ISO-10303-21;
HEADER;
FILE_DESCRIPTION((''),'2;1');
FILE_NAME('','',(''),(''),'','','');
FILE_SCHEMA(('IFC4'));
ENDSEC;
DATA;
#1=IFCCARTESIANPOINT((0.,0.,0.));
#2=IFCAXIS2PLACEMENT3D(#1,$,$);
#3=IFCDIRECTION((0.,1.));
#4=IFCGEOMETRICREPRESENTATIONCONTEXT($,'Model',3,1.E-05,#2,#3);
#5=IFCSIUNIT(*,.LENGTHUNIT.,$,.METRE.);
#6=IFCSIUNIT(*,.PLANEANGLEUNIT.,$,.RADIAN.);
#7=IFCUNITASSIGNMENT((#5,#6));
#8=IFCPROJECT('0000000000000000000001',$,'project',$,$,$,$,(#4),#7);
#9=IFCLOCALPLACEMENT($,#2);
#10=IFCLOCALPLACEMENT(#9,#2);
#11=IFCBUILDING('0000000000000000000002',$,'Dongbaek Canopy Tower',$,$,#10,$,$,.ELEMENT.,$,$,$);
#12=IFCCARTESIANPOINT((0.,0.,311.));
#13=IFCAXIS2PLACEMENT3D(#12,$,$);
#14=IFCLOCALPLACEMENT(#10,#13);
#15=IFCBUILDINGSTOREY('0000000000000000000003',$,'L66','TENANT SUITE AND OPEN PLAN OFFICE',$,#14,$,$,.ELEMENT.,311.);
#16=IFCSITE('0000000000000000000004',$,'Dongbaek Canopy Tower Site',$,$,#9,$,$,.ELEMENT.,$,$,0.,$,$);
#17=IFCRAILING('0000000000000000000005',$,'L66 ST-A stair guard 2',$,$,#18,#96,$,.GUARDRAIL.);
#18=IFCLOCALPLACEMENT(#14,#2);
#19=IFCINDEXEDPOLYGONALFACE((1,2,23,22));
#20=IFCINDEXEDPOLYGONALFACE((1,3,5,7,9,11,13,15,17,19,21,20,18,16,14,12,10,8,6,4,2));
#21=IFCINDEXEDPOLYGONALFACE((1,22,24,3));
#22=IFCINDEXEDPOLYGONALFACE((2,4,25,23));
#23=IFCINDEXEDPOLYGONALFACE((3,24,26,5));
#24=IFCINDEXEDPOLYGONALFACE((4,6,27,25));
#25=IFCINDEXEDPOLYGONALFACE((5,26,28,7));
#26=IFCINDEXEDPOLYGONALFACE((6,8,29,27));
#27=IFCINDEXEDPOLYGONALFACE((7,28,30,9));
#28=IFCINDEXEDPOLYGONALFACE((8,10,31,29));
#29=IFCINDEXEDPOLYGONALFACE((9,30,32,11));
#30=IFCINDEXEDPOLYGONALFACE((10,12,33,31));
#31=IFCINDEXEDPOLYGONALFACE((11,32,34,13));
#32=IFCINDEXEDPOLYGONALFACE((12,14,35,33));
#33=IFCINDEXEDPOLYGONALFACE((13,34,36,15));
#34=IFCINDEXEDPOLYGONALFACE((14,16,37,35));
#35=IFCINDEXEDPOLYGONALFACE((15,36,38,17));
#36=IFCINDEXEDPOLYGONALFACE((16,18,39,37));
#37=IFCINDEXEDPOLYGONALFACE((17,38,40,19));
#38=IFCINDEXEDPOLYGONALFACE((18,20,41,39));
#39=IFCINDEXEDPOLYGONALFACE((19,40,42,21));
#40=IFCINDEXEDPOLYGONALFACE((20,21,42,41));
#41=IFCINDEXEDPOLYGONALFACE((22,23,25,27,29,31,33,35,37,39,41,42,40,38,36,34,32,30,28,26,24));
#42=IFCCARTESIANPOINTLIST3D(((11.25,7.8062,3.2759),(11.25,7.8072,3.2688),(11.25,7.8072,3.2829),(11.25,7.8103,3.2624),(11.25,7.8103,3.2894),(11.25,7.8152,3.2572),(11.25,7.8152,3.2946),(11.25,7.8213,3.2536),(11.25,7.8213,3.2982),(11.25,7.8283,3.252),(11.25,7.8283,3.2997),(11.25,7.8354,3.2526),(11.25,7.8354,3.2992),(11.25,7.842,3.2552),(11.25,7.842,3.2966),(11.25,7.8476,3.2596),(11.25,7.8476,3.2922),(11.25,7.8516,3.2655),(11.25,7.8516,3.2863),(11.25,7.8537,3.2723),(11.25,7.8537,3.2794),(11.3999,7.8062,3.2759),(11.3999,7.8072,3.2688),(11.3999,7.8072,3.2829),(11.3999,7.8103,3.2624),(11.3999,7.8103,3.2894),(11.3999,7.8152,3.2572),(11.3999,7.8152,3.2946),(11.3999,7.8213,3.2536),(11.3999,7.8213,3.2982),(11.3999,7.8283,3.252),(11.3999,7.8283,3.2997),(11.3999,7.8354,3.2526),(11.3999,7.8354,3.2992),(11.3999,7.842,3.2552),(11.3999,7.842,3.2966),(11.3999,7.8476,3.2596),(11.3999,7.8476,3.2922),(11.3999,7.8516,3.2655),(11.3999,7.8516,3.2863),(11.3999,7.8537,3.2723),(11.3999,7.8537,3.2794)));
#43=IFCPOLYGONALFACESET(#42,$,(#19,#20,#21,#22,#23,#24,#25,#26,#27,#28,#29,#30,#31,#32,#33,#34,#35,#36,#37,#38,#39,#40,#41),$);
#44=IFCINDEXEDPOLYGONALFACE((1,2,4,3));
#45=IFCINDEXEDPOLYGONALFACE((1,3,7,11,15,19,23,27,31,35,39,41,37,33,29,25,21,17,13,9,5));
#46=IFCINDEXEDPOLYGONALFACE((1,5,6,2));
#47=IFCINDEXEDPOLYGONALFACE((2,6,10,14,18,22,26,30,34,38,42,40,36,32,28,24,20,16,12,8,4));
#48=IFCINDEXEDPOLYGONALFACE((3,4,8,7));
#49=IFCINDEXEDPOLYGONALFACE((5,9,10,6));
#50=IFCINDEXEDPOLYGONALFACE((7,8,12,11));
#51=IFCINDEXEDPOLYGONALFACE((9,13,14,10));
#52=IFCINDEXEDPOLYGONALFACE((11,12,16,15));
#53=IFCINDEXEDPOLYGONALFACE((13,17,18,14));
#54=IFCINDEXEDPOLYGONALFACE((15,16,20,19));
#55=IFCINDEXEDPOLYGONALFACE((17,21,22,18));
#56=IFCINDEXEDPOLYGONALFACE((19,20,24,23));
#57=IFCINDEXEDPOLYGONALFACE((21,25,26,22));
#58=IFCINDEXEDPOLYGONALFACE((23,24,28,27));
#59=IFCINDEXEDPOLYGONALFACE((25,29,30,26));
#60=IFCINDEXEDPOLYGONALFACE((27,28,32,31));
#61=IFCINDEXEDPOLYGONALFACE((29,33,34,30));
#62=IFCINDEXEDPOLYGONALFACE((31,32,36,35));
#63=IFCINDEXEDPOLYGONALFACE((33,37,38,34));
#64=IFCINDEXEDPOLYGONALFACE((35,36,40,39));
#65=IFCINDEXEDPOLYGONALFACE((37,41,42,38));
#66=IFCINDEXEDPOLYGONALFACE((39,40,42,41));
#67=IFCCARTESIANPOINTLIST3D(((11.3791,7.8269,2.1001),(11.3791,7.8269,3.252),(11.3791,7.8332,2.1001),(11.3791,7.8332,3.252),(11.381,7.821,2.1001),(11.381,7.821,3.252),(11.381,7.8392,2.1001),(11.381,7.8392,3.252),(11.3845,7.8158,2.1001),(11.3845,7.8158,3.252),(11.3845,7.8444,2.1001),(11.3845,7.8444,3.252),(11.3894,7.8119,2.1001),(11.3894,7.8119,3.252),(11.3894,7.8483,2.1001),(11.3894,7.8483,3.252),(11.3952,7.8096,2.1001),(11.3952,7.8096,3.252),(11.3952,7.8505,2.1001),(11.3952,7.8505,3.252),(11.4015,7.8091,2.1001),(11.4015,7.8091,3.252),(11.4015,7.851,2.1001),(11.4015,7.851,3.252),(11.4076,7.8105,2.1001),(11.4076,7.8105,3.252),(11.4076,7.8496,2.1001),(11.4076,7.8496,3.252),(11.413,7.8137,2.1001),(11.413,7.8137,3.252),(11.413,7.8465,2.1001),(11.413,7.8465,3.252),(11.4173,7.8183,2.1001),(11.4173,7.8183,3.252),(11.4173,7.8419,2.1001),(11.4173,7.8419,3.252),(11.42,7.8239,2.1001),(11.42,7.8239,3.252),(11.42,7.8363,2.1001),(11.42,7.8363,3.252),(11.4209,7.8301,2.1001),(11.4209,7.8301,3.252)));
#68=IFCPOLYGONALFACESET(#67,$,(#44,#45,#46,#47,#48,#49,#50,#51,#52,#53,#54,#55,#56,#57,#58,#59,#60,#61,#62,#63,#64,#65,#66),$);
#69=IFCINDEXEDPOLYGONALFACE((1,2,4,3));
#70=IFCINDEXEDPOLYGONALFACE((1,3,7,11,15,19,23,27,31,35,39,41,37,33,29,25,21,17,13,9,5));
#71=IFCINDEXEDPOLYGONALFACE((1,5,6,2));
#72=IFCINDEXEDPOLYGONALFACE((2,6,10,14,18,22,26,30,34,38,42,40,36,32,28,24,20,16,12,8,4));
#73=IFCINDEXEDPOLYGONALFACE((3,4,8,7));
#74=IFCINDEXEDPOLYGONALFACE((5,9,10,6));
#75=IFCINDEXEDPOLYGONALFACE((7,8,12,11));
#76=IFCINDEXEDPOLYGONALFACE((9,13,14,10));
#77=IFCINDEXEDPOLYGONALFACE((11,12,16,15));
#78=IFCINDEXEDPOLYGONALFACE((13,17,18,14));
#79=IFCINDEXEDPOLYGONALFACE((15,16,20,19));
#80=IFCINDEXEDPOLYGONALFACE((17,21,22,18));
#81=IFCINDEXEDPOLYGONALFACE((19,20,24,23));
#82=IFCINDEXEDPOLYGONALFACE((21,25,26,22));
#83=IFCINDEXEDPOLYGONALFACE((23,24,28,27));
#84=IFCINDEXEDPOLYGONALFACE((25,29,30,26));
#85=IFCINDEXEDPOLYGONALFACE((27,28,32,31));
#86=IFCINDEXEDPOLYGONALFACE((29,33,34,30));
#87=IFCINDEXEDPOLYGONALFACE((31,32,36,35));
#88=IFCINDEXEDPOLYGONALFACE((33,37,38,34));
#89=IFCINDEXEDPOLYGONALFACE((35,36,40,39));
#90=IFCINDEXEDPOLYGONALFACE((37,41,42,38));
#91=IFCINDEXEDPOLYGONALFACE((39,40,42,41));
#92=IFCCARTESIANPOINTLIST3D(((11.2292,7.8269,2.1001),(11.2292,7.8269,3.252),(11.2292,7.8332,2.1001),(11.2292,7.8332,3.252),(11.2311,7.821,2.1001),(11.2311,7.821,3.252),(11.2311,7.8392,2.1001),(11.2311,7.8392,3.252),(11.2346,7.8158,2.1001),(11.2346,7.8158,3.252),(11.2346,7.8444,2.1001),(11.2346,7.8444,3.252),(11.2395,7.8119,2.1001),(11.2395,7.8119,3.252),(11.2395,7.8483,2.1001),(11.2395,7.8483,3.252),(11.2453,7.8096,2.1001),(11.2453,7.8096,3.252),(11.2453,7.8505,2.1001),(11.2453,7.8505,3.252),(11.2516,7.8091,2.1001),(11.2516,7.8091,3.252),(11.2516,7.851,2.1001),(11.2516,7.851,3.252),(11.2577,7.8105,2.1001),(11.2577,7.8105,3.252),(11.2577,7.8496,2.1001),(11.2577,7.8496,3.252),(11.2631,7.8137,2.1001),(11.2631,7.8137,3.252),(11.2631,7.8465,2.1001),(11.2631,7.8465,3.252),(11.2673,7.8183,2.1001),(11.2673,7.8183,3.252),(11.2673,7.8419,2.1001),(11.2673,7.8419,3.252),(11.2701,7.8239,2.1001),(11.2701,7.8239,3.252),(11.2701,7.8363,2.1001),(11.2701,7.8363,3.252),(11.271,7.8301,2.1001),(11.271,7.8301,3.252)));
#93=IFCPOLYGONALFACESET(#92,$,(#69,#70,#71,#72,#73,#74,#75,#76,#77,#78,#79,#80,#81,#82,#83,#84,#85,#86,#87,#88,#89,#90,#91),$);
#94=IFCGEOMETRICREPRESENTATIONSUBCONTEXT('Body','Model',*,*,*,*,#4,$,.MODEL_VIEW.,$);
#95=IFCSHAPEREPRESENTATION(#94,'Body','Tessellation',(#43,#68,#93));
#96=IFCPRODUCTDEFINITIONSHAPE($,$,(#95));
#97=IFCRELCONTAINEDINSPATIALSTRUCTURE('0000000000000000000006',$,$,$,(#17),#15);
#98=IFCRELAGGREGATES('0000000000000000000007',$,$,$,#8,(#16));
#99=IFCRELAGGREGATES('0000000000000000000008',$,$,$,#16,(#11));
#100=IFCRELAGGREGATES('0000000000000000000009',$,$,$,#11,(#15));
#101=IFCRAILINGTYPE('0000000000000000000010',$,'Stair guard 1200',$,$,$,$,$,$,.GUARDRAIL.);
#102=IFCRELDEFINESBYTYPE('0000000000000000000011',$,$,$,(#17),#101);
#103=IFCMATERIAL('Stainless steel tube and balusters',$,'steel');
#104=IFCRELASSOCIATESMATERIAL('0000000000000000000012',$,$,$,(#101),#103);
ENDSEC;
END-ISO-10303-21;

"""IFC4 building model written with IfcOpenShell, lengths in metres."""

from ifc_helpers import new_model, si_unit, direction, frame, origin, origin_2d, place, context, subcontext, project, spatial, circle, extrude, material, type_object, element, save


model = new_model("IFC4")

# Units and contexts
model_context = context("Model", 3, precision=1e-05, world=origin(), true_north=direction((0.0, 1.0)))
body_context = subcontext(model_context, "Body", "Model", "MODEL_VIEW")
ifc_project = project(units=[si_unit("LENGTHUNIT", "METRE"), si_unit("PLANEANGLEUNIT", "RADIAN")], contexts=[model_context])

# Site, building, storey
site_placement = place(None, origin())
site = spatial("IfcSite", under=ifc_project, at=site_placement, Name="Dongbaek Canopy Tower Site", CompositionType="ELEMENT", RefElevation=0.0)
building_placement = place(site_placement, origin())
building = spatial("IfcBuilding", under=site, at=building_placement, Name="Dongbaek Canopy Tower", CompositionType="ELEMENT")
storey_placement = place(building_placement, frame((0.0, 0.0, 311.0)))
storey = spatial("IfcBuildingStorey", under=building, at=storey_placement, Name="L66", Description="TENANT SUITE AND OPEN PLAN OFFICE", CompositionType="ELEMENT", Elevation=311.0)

# Railing
ifc_material_1 = material(Name="Stainless steel tube and balusters", Category="steel")
railing_type_1 = type_object("IfcRailingType", Name="Stair guard 1200", PredefinedType="GUARDRAIL", material=ifc_material_1)
railing_1_placement = place(storey_placement, frame((11.3999, 7.8301, 2.1001)))
element("IfcRailing", 1, at=railing_1_placement, inside=storey, type_object=railing_type_1, Name="L66 ST-A stair guard 2", PredefinedType="GUARDRAIL", context=body_context, shape_type="SweptSolid", body=[
    extrude(circle(Radius=0.0239, at=origin_2d()), frame((0.0, 0.0, 1.1758), z_axis=(-1.0, 0.0, 0.0), x_axis=(0.0, -1.0, 0.0)), (0.0, 0.0, 1.0), 0.1499),
    extrude(circle(Radius=0.021, at=origin_2d()), origin(), (0.0, 0.0, 1.0), 1.1519),
    extrude(circle(Radius=0.021, at=origin_2d()), frame((-0.1499, 0.0, 0.0)), (0.0, 0.0, 1.0), 1.1519),
])

save(model, "model.ifc")
